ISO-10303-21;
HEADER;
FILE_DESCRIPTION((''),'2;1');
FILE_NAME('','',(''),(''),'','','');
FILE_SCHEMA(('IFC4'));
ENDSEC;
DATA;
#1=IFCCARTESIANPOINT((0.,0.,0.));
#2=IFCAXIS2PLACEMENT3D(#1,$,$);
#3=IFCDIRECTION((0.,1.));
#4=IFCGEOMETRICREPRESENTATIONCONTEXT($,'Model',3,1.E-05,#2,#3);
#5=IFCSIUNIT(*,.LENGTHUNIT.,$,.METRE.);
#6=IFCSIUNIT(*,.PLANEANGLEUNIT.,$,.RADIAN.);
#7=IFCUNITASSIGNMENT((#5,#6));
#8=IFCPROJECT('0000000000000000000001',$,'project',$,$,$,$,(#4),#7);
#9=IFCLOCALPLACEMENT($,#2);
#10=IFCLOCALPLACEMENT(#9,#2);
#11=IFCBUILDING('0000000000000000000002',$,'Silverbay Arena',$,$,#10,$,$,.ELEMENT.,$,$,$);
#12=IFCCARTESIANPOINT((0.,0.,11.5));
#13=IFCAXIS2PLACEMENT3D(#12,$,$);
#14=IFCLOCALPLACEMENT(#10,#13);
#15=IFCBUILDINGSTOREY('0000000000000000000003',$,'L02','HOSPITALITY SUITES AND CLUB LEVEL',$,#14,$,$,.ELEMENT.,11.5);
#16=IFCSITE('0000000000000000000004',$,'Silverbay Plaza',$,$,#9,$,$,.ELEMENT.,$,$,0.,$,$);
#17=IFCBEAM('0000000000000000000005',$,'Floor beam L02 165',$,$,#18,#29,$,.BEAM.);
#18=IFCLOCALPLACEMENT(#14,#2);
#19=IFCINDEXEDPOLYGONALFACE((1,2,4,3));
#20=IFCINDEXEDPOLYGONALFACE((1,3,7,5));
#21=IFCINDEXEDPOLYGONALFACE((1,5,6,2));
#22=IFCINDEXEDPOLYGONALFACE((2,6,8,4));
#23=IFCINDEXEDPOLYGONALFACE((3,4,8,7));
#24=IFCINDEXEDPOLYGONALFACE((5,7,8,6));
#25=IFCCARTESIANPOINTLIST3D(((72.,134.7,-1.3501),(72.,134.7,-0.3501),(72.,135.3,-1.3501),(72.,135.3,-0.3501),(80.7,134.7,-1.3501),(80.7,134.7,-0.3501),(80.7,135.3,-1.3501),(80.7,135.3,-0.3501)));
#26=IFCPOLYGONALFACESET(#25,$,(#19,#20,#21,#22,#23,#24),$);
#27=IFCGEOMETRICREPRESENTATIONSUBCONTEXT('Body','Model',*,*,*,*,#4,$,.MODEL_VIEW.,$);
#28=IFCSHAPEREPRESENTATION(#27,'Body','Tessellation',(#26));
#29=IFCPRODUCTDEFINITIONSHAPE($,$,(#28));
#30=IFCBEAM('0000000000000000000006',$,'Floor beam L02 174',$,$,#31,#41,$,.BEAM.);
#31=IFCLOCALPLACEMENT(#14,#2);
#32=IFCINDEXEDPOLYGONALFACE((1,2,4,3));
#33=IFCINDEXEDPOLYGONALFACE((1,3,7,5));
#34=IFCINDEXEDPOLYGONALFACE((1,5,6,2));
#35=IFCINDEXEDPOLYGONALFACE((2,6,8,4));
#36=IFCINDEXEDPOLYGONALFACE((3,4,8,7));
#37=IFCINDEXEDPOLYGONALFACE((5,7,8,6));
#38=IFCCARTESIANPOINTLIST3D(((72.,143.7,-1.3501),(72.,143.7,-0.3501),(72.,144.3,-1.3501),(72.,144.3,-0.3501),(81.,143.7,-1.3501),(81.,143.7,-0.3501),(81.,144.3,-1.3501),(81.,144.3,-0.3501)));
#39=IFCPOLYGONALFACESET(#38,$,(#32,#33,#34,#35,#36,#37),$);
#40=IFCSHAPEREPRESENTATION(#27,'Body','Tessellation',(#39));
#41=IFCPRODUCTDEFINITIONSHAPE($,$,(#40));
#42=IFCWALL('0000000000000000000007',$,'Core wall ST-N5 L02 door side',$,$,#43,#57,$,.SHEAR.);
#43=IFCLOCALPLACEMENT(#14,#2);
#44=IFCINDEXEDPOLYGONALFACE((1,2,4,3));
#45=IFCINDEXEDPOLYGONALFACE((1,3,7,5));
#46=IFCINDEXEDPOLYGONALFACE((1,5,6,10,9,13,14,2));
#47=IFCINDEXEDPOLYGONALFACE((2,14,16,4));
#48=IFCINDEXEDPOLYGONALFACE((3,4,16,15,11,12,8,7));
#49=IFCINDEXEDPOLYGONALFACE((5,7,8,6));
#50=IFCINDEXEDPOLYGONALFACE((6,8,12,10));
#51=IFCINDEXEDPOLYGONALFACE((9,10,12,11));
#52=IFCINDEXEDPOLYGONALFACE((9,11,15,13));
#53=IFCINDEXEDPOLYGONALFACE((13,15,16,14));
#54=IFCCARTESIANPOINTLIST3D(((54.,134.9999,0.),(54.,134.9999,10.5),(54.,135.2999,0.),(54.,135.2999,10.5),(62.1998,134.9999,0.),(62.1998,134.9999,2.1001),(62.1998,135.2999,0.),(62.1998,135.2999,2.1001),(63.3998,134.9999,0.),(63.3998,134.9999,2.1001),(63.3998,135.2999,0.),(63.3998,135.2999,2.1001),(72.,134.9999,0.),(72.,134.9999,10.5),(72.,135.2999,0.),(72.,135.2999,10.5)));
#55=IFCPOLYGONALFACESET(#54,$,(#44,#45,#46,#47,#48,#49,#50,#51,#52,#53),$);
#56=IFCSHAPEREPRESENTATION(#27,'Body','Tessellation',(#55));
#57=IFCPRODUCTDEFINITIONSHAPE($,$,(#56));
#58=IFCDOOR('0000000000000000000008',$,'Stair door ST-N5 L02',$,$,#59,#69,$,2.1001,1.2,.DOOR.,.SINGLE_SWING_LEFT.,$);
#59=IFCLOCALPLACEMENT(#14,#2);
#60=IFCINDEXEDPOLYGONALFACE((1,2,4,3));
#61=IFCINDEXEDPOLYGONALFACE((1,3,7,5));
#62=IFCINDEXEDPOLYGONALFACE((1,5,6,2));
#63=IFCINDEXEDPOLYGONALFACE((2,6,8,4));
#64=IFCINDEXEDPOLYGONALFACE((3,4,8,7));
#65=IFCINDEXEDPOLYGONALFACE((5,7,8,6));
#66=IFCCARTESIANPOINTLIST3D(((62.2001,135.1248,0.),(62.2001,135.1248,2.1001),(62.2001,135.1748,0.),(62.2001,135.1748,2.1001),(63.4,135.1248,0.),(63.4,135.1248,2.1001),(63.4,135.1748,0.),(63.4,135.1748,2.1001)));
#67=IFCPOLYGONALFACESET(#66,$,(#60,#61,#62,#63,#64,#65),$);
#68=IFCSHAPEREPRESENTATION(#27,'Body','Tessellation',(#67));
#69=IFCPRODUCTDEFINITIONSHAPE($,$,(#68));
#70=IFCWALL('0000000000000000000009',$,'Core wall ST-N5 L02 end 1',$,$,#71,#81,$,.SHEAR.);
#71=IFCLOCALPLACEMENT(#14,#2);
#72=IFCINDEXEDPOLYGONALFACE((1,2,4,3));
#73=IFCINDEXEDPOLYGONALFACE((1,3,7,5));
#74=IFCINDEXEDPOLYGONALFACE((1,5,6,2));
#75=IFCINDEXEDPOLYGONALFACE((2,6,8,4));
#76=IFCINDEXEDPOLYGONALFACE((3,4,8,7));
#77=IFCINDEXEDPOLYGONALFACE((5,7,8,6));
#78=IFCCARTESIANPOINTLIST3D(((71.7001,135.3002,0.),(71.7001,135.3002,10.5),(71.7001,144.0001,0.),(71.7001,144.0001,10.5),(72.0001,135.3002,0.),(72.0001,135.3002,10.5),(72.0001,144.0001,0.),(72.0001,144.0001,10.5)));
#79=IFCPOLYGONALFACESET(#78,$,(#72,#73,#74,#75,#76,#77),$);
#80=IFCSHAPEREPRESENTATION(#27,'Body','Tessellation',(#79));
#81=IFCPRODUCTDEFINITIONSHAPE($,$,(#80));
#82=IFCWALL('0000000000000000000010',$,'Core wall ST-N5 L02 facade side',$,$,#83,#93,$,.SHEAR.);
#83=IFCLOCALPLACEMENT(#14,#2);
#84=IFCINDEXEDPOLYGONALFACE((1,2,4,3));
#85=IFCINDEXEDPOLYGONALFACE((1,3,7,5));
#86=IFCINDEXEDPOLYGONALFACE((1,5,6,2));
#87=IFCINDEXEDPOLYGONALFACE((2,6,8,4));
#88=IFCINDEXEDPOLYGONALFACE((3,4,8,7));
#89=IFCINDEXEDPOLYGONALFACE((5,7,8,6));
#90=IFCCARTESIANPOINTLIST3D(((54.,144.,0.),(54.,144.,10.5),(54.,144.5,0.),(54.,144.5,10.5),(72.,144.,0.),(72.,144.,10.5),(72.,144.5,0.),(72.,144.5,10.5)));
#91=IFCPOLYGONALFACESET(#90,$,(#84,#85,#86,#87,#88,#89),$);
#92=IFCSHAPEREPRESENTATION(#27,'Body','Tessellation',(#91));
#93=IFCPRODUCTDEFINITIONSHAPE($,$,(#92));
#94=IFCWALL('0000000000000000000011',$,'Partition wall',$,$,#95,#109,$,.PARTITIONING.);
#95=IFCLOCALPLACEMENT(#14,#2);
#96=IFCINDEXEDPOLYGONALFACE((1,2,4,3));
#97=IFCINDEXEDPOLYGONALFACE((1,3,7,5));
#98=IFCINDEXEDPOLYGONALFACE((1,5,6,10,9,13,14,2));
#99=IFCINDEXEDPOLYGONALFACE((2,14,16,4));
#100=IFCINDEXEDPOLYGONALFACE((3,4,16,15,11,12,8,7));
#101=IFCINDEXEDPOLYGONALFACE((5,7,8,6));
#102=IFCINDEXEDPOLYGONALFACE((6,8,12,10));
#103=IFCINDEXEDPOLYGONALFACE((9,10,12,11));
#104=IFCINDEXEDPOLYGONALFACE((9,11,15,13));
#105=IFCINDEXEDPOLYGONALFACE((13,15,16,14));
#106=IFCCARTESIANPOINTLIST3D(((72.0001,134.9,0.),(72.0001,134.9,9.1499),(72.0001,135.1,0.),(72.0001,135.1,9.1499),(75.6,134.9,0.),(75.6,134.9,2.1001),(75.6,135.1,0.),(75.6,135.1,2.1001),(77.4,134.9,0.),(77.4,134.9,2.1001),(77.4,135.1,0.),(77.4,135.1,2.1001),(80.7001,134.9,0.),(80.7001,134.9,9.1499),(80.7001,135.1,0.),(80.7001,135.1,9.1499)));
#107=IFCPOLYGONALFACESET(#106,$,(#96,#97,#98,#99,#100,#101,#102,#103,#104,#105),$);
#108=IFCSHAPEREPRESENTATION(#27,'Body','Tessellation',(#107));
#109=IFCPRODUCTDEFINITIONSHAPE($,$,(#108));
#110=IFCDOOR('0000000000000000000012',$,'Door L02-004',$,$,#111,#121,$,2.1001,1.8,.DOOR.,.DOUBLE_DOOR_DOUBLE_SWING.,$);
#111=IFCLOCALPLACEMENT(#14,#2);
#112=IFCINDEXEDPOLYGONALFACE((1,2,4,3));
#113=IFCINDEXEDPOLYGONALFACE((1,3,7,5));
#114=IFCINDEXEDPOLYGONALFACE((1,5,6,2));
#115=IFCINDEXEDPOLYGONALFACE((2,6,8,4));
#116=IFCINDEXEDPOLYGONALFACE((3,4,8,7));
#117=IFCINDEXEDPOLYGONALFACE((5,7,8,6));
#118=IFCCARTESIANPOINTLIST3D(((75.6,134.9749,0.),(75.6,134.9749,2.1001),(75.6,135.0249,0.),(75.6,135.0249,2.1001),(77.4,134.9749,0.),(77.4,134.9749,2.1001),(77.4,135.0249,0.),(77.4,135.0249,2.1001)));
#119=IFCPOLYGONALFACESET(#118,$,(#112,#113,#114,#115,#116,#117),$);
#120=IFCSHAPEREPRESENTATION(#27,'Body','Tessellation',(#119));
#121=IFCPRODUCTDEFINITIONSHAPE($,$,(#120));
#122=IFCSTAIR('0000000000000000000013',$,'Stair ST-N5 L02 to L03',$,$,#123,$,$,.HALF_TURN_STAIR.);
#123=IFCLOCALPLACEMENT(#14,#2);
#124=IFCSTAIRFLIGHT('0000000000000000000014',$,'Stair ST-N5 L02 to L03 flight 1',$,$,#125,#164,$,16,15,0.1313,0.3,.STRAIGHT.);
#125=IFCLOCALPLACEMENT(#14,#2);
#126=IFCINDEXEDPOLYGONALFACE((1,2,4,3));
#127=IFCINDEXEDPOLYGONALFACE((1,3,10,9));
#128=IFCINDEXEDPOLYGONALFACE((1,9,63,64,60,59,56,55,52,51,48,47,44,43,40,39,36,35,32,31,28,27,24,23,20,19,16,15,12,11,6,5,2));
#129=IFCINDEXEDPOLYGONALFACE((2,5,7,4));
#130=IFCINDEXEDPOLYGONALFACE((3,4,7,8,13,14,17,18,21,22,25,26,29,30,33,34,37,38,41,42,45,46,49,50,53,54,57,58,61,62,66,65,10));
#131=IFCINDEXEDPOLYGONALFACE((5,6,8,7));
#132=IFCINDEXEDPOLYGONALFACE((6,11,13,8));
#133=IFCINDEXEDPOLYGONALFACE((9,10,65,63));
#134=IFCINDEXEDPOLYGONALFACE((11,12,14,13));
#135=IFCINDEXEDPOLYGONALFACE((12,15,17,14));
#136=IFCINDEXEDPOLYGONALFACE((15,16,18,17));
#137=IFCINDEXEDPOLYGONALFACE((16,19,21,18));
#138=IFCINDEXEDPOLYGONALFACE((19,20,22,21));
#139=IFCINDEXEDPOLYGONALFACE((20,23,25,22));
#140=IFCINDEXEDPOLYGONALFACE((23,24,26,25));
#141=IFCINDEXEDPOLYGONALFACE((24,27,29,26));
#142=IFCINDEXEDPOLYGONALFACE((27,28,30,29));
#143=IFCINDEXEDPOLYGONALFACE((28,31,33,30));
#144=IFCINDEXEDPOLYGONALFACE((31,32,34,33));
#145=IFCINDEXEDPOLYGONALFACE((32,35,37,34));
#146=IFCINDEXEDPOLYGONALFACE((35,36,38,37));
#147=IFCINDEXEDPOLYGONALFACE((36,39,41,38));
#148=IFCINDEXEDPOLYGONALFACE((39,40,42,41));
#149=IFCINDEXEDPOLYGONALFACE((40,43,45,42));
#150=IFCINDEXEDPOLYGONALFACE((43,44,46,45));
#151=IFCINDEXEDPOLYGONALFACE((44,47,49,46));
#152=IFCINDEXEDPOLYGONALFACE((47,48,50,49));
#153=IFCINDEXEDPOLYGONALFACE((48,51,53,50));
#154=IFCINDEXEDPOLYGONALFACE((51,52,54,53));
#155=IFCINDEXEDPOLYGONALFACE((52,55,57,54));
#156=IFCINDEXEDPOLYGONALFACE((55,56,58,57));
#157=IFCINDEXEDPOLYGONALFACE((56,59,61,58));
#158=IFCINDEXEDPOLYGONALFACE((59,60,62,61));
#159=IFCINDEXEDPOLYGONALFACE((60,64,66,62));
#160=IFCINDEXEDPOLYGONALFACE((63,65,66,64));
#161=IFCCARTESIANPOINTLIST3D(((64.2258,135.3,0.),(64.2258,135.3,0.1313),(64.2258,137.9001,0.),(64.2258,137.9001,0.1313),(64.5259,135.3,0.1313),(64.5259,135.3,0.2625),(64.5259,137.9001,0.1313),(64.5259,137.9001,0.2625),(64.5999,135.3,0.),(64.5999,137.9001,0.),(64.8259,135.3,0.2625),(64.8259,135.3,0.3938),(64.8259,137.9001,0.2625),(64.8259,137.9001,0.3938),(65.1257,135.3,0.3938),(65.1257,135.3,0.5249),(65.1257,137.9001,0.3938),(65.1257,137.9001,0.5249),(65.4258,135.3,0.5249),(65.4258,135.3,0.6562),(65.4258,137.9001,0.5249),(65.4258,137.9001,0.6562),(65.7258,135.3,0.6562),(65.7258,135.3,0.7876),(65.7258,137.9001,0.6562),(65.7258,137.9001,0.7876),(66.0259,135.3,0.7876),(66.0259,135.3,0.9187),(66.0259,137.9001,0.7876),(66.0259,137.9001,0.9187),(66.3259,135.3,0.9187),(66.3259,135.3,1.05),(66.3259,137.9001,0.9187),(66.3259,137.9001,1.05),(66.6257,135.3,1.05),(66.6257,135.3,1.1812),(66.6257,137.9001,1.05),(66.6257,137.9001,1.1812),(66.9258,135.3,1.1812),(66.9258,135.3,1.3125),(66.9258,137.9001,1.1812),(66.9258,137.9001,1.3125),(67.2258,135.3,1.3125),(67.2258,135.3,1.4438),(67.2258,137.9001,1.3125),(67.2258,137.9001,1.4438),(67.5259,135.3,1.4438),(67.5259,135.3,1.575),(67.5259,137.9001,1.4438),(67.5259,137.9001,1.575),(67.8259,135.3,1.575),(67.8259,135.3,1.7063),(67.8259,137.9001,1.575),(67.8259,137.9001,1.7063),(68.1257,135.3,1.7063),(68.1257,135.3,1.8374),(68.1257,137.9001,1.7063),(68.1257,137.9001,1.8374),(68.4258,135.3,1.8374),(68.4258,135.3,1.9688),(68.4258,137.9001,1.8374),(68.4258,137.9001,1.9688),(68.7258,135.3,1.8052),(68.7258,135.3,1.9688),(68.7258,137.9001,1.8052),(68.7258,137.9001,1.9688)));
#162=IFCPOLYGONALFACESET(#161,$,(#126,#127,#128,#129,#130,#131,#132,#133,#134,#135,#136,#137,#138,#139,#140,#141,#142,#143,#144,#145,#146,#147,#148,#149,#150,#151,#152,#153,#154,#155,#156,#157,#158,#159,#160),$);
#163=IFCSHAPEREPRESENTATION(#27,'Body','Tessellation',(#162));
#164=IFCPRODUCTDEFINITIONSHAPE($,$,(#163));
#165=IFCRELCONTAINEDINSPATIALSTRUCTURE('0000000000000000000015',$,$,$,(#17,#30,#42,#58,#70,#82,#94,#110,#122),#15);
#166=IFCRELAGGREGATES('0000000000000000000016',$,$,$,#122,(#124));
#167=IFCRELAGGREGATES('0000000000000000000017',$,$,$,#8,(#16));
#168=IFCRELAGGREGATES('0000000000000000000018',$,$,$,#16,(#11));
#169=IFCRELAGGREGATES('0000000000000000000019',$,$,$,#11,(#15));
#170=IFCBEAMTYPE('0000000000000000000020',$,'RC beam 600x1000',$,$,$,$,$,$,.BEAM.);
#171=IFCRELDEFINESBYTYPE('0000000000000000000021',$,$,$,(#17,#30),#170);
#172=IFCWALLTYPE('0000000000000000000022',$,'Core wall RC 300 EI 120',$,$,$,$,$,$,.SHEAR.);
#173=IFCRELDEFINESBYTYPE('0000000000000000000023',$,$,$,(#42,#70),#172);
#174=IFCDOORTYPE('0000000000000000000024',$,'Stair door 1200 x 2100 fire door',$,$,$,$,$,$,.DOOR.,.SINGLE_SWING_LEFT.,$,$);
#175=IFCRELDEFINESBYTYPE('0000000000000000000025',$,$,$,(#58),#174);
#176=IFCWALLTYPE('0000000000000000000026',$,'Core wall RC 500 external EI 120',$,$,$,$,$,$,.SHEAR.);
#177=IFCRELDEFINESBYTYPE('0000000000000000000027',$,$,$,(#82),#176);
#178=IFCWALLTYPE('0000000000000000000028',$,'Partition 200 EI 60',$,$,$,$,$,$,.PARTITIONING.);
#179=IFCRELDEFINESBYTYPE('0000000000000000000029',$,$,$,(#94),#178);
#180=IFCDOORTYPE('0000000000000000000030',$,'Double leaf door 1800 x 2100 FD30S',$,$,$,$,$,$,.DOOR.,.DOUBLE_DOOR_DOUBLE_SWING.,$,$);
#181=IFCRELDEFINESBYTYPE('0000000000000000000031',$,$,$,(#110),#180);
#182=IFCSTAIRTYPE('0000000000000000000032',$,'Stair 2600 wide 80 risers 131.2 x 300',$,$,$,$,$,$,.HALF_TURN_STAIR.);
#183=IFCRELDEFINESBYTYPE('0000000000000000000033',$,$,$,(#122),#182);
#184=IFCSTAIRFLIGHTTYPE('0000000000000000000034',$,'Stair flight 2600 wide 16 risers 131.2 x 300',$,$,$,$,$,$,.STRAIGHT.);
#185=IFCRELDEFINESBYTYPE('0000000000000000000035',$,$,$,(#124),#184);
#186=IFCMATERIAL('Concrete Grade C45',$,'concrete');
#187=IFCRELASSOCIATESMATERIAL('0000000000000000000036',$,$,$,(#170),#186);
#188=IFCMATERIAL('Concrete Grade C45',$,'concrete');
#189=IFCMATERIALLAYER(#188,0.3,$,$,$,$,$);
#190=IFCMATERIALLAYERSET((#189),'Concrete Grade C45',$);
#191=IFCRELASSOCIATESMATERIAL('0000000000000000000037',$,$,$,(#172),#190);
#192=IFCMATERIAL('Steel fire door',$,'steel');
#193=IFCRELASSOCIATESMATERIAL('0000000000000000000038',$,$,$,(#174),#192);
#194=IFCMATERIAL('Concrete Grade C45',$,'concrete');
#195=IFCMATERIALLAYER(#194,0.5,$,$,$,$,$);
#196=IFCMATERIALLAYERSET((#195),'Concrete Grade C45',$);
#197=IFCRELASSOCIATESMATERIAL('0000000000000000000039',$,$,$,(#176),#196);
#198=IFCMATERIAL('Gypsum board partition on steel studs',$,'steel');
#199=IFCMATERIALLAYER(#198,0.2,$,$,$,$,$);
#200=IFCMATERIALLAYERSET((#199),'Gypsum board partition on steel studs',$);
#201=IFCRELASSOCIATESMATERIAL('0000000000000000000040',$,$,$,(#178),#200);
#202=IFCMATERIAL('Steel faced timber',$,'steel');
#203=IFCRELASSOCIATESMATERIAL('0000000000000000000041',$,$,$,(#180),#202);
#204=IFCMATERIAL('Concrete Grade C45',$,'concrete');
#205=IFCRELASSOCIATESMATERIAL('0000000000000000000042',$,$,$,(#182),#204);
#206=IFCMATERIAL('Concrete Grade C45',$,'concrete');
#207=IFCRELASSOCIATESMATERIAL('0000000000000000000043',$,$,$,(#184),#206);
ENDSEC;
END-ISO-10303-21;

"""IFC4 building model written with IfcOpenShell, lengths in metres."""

from ifc_helpers import new_model, si_unit, direction, frame, frame_2d, origin, origin_2d, place, context, subcontext, project, spatial, polyline, rectangle, outline, extrude, material, layer, layer_set, material_profile, profile_set, type_object, element, fill, aggregate, save


model = new_model("IFC4")

# Units and contexts
model_context = context("Model", 3, precision=1e-05, world=origin(), true_north=direction((0.0, 1.0)))
body_context = subcontext(model_context, "Body", "Model", "MODEL_VIEW")
ifc_project = project(units=[si_unit("LENGTHUNIT", "METRE"), si_unit("PLANEANGLEUNIT", "RADIAN")], contexts=[model_context])

# Site, building, storey
site_placement = place(None, origin())
site = spatial("IfcSite", under=ifc_project, at=site_placement, Name="Silverbay Plaza", CompositionType="ELEMENT", RefElevation=0.0)
building_placement = place(site_placement, origin())
building = spatial("IfcBuilding", under=site, at=building_placement, Name="Silverbay Arena", CompositionType="ELEMENT")
storey_placement = place(building_placement, frame((0.0, 0.0, 11.5)))
storey = spatial("IfcBuildingStorey", under=building, at=storey_placement, Name="L02", Description="HOSPITALITY SUITES AND CLUB LEVEL", CompositionType="ELEMENT", Elevation=11.5)

# Beams
ifc_material_1 = material(Name="Concrete Grade C45", Category="concrete")
ifc_material_profile = material_profile(ifc_material_1, rectangle(XDim=0.6001, YDim=1.0, at=origin_2d()), Name="RC 600x1000")
ifc_profile_set = profile_set([ifc_material_profile], Name="Concrete Grade C45")
beam_type = type_object("IfcBeamType", Name="RC beam 600x1000", PredefinedType="BEAM", material=ifc_profile_set)
beam_1_placement = place(storey_placement, frame((72.0, 135.0, -0.8501), z_axis=(1.0, 0.0, 0.0), x_axis=(0.0, 1.0, 0.0)))
element("IfcBeam", 1, at=beam_1_placement, inside=storey, type_object=beam_type, Name="Floor beam L02 165", PredefinedType="BEAM", context=body_context, shape_type="SweptSolid", body=[
    extrude(rectangle(XDim=0.6001, YDim=1.0, at=origin_2d()), origin(), (0.0, 0.0, 1.0), 8.7),
])
beam_2_placement = place(storey_placement, frame((72.0, 144.0, -0.8501), z_axis=(1.0, 0.0, 0.0), x_axis=(0.0, 1.0, 0.0)))
element("IfcBeam", 2, at=beam_2_placement, inside=storey, type_object=beam_type, Name="Floor beam L02 174", PredefinedType="BEAM", context=body_context, shape_type="SweptSolid", body=[
    extrude(rectangle(XDim=0.6001, YDim=1.0, at=origin_2d()), origin(), (0.0, 0.0, 1.0), 9.0),
])

# Wall, opening, door
ifc_material_2 = material(Name="Concrete Grade C45", Category="concrete")
ifc_layer_1 = layer(ifc_material_2, 0.3)
ifc_layer_set_1 = layer_set([ifc_layer_1], Name="Concrete Grade C45")
wall_type_1 = type_object("IfcWallType", Name="Core wall RC 300 EI 120", PredefinedType="SHEAR", material=ifc_layer_set_1)
wall_1_placement = place(storey_placement, frame((72.0, 135.1499, 0.0), z_axis=(0.0, 0.0, 1.0), x_axis=(-1.0, 0.0, 0.0)))
wall_1 = element("IfcWall", 3, at=wall_1_placement, inside=storey, type_object=wall_type_1, Name="Core wall ST-N5 L02 door side", PredefinedType="SHEAR", context=body_context, shape_type="SweptSolid", body=[
    extrude(rectangle(XDim=18.0, YDim=0.3, at=frame_2d((9.0, 0.0))), origin(), (0.0, 0.0, 1.0), 10.5),
])
opening_1_placement = place(wall_1_placement, frame((8.6001, 0.0, 0.0)))
opening_1 = element("IfcOpeningElement", 4, at=opening_1_placement, cuts=wall_1, PredefinedType="OPENING", context=body_context, shape_type="SweptSolid", body=[
    extrude(rectangle(XDim=1.2, YDim=2.1001, at=frame_2d((0.6001, 1.05))), frame((0.0, 0.1602, 0.0), z_axis=(0.0, -1.0, 0.0), x_axis=(1.0, 0.0, 0.0)), (0.0, 0.0, 1.0), 0.3201),
])
ifc_material_3 = material(Name="Steel fire door", Category="steel")
door_type_1 = type_object("IfcDoorType", Name="Stair door 1200 x 2100 fire door", OperationType="SINGLE_SWING_LEFT", PredefinedType="DOOR", material=ifc_material_3)
door_1_placement = place(opening_1_placement, frame((1.2, 0.0, 0.0), z_axis=(0.0, 0.0, 1.0), x_axis=(-1.0, 0.0, 0.0)))
door_1 = element("IfcDoor", 5, at=door_1_placement, inside=storey, type_object=door_type_1, Name="Stair door ST-N5 L02", OperationType="SINGLE_SWING_LEFT", OverallHeight=2.1001, OverallWidth=1.2, PredefinedType="DOOR", context=body_context, shape_type="SweptSolid", body=[
    extrude(rectangle(XDim=1.2, YDim=2.1001, at=frame_2d((0.6001, 1.05))), frame((0.0, 0.0249, 0.0), z_axis=(0.0, -1.0, 0.0), x_axis=(1.0, 0.0, 0.0)), (0.0, 0.0, 1.0), 0.05),
])
fill(opening_1, door_1)

# Walls
wall_2_placement = place(storey_placement, frame((71.8501, 135.3, 0.0), z_axis=(0.0, 0.0, 1.0), x_axis=(0.0, 1.0, 0.0)))
element("IfcWall", 6, at=wall_2_placement, inside=storey, type_object=wall_type_1, Name="Core wall ST-N5 L02 end 1", PredefinedType="SHEAR", context=body_context, shape_type="SweptSolid", body=[
    extrude(rectangle(XDim=8.7, YDim=0.3, at=frame_2d((4.3501, 0.0))), origin(), (0.0, 0.0, 1.0), 10.5),
])
ifc_material_4 = material(Name="Concrete Grade C45", Category="concrete")
ifc_layer_2 = layer(ifc_material_4, 0.5)
ifc_layer_set_2 = layer_set([ifc_layer_2], Name="Concrete Grade C45")
wall_type_2 = type_object("IfcWallType", Name="Core wall RC 500 external EI 120", PredefinedType="SHEAR", material=ifc_layer_set_2)
wall_3_placement = place(storey_placement, frame((72.0, 144.25, 0.0), z_axis=(0.0, 0.0, 1.0), x_axis=(-1.0, 0.0, 0.0)))
element("IfcWall", 7, at=wall_3_placement, inside=storey, type_object=wall_type_2, Name="Core wall ST-N5 L02 facade side", PredefinedType="SHEAR", context=body_context, shape_type="SweptSolid", body=[
    extrude(rectangle(XDim=18.0, YDim=0.5, at=frame_2d((9.0, 0.0))), origin(), (0.0, 0.0, 1.0), 10.5),
])

# Wall, opening, door
ifc_material_5 = material(Name="Gypsum board partition on steel studs", Category="steel")
ifc_layer_3 = layer(ifc_material_5, 0.2)
ifc_layer_set_3 = layer_set([ifc_layer_3], Name="Gypsum board partition on steel studs")
wall_type_3 = type_object("IfcWallType", Name="Partition 200 EI 60", PredefinedType="PARTITIONING", material=ifc_layer_set_3)
wall_4_placement = place(storey_placement, frame((72.0, 135.0, 0.0), z_axis=(0.0, 0.0, 1.0), x_axis=(1.0, 0.0, 0.0)))
wall_4 = element("IfcWall", 8, at=wall_4_placement, inside=storey, type_object=wall_type_3, Name="Partition wall", PredefinedType="PARTITIONING", context=body_context, shape_type="SweptSolid", body=[
    extrude(rectangle(XDim=8.7, YDim=0.2, at=frame_2d((4.3501, 0.0))), origin(), (0.0, 0.0, 1.0), 9.1499),
])
opening_2_placement = place(wall_4_placement, frame((3.6001, 0.0, 0.0)))
opening_2 = element("IfcOpeningElement", 9, at=opening_2_placement, cuts=wall_4, PredefinedType="OPENING", context=body_context, shape_type="SweptSolid", body=[
    extrude(rectangle(XDim=1.8, YDim=2.1001, at=frame_2d((0.8999, 1.05))), frame((0.0, 0.1099, 0.0), z_axis=(0.0, -1.0, 0.0), x_axis=(1.0, 0.0, 0.0)), (0.0, 0.0, 1.0), 0.22),
])
ifc_material_6 = material(Name="Steel faced timber", Category="steel")
door_type_2 = type_object("IfcDoorType", Name="Double leaf door 1800 x 2100 FD30S", OperationType="DOUBLE_DOOR_DOUBLE_SWING", PredefinedType="DOOR", material=ifc_material_6)
door_2_placement = place(opening_2_placement, origin())
door_2 = element("IfcDoor", 10, at=door_2_placement, inside=storey, type_object=door_type_2, Name="Door L02-004", OperationType="DOUBLE_DOOR_DOUBLE_SWING", OverallHeight=2.1001, OverallWidth=1.8, PredefinedType="DOOR", context=body_context, shape_type="SweptSolid", body=[
    extrude(rectangle(XDim=1.8, YDim=2.1001, at=frame_2d((0.8999, 1.05))), frame((0.0, 0.0249, 0.0), z_axis=(0.0, -1.0, 0.0), x_axis=(1.0, 0.0, 0.0)), (0.0, 0.0, 1.0), 0.05),
])
fill(opening_2, door_2)

# Stair, stair flight
ifc_material_7 = material(Name="Concrete Grade C45", Category="concrete")
stair_type = type_object("IfcStairType", Name="Stair 2600 wide 80 risers 131.2 x 300", PredefinedType="HALF_TURN_STAIR", material=ifc_material_7)
stair_placement = place(storey_placement, origin())
stair = element("IfcStair", 11, at=stair_placement, inside=storey, type_object=stair_type, Name="Stair ST-N5 L02 to L03", PredefinedType="HALF_TURN_STAIR")
ifc_material_8 = material(Name="Concrete Grade C45", Category="concrete")
stair_flight_type = type_object("IfcStairFlightType", Name="Stair flight 2600 wide 16 risers 131.2 x 300", PredefinedType="STRAIGHT", material=ifc_material_8)
stair_flight_1_placement = place(storey_placement, frame((64.2258, 136.6001, 0.0), z_axis=(0.0, 0.0, 1.0), x_axis=(1.0, 0.0, 0.0)))
stair_flight_1 = element("IfcStairFlight", 12, at=stair_flight_1_placement, type_object=stair_flight_type, Name="Stair ST-N5 L02 to L03 flight 1", NumberOfRisers=16, NumberOfTreads=15, PredefinedType="STRAIGHT", RiserHeight=0.1313, TreadLength=0.3, context=body_context, shape_type="SweptSolid", body=[
    extrude(outline(polyline([(0.0, 0.0), (0.0, 0.1313), (0.3, 0.1313), (0.3, 0.2625), (0.6001, 0.2625), (0.6001, 0.3938), (0.8999, 0.3938), (0.8999, 0.5249), (1.2, 0.5249), (1.2, 0.6562), (1.5, 0.6562), (1.5, 0.7876), (1.8, 0.7876), (1.8, 0.9187), (2.1001, 0.9187), (2.1001, 1.05), (2.3999, 1.05), (2.3999, 1.1812), (2.7, 1.1812), (2.7, 1.3125), (3.0, 1.3125), (3.0, 1.4438), (3.3, 1.4438), (3.3, 1.575), (3.6001, 1.575), (3.6001, 1.7063), (3.8999, 1.7063), (3.8999, 1.8374), (4.2, 1.8374), (4.2, 1.9688), (4.5, 1.9688), (4.5, 1.8052), (0.374, 0.0), (0.0, 0.0)])), frame((0.0, 1.3, 0.0), z_axis=(0.0, -1.0, 0.0), x_axis=(1.0, 0.0, 0.0)), (0.0, 0.0, 1.0), 2.6001),
])
aggregate(stair, [stair_flight_1])

save(model, "model.ifc")
